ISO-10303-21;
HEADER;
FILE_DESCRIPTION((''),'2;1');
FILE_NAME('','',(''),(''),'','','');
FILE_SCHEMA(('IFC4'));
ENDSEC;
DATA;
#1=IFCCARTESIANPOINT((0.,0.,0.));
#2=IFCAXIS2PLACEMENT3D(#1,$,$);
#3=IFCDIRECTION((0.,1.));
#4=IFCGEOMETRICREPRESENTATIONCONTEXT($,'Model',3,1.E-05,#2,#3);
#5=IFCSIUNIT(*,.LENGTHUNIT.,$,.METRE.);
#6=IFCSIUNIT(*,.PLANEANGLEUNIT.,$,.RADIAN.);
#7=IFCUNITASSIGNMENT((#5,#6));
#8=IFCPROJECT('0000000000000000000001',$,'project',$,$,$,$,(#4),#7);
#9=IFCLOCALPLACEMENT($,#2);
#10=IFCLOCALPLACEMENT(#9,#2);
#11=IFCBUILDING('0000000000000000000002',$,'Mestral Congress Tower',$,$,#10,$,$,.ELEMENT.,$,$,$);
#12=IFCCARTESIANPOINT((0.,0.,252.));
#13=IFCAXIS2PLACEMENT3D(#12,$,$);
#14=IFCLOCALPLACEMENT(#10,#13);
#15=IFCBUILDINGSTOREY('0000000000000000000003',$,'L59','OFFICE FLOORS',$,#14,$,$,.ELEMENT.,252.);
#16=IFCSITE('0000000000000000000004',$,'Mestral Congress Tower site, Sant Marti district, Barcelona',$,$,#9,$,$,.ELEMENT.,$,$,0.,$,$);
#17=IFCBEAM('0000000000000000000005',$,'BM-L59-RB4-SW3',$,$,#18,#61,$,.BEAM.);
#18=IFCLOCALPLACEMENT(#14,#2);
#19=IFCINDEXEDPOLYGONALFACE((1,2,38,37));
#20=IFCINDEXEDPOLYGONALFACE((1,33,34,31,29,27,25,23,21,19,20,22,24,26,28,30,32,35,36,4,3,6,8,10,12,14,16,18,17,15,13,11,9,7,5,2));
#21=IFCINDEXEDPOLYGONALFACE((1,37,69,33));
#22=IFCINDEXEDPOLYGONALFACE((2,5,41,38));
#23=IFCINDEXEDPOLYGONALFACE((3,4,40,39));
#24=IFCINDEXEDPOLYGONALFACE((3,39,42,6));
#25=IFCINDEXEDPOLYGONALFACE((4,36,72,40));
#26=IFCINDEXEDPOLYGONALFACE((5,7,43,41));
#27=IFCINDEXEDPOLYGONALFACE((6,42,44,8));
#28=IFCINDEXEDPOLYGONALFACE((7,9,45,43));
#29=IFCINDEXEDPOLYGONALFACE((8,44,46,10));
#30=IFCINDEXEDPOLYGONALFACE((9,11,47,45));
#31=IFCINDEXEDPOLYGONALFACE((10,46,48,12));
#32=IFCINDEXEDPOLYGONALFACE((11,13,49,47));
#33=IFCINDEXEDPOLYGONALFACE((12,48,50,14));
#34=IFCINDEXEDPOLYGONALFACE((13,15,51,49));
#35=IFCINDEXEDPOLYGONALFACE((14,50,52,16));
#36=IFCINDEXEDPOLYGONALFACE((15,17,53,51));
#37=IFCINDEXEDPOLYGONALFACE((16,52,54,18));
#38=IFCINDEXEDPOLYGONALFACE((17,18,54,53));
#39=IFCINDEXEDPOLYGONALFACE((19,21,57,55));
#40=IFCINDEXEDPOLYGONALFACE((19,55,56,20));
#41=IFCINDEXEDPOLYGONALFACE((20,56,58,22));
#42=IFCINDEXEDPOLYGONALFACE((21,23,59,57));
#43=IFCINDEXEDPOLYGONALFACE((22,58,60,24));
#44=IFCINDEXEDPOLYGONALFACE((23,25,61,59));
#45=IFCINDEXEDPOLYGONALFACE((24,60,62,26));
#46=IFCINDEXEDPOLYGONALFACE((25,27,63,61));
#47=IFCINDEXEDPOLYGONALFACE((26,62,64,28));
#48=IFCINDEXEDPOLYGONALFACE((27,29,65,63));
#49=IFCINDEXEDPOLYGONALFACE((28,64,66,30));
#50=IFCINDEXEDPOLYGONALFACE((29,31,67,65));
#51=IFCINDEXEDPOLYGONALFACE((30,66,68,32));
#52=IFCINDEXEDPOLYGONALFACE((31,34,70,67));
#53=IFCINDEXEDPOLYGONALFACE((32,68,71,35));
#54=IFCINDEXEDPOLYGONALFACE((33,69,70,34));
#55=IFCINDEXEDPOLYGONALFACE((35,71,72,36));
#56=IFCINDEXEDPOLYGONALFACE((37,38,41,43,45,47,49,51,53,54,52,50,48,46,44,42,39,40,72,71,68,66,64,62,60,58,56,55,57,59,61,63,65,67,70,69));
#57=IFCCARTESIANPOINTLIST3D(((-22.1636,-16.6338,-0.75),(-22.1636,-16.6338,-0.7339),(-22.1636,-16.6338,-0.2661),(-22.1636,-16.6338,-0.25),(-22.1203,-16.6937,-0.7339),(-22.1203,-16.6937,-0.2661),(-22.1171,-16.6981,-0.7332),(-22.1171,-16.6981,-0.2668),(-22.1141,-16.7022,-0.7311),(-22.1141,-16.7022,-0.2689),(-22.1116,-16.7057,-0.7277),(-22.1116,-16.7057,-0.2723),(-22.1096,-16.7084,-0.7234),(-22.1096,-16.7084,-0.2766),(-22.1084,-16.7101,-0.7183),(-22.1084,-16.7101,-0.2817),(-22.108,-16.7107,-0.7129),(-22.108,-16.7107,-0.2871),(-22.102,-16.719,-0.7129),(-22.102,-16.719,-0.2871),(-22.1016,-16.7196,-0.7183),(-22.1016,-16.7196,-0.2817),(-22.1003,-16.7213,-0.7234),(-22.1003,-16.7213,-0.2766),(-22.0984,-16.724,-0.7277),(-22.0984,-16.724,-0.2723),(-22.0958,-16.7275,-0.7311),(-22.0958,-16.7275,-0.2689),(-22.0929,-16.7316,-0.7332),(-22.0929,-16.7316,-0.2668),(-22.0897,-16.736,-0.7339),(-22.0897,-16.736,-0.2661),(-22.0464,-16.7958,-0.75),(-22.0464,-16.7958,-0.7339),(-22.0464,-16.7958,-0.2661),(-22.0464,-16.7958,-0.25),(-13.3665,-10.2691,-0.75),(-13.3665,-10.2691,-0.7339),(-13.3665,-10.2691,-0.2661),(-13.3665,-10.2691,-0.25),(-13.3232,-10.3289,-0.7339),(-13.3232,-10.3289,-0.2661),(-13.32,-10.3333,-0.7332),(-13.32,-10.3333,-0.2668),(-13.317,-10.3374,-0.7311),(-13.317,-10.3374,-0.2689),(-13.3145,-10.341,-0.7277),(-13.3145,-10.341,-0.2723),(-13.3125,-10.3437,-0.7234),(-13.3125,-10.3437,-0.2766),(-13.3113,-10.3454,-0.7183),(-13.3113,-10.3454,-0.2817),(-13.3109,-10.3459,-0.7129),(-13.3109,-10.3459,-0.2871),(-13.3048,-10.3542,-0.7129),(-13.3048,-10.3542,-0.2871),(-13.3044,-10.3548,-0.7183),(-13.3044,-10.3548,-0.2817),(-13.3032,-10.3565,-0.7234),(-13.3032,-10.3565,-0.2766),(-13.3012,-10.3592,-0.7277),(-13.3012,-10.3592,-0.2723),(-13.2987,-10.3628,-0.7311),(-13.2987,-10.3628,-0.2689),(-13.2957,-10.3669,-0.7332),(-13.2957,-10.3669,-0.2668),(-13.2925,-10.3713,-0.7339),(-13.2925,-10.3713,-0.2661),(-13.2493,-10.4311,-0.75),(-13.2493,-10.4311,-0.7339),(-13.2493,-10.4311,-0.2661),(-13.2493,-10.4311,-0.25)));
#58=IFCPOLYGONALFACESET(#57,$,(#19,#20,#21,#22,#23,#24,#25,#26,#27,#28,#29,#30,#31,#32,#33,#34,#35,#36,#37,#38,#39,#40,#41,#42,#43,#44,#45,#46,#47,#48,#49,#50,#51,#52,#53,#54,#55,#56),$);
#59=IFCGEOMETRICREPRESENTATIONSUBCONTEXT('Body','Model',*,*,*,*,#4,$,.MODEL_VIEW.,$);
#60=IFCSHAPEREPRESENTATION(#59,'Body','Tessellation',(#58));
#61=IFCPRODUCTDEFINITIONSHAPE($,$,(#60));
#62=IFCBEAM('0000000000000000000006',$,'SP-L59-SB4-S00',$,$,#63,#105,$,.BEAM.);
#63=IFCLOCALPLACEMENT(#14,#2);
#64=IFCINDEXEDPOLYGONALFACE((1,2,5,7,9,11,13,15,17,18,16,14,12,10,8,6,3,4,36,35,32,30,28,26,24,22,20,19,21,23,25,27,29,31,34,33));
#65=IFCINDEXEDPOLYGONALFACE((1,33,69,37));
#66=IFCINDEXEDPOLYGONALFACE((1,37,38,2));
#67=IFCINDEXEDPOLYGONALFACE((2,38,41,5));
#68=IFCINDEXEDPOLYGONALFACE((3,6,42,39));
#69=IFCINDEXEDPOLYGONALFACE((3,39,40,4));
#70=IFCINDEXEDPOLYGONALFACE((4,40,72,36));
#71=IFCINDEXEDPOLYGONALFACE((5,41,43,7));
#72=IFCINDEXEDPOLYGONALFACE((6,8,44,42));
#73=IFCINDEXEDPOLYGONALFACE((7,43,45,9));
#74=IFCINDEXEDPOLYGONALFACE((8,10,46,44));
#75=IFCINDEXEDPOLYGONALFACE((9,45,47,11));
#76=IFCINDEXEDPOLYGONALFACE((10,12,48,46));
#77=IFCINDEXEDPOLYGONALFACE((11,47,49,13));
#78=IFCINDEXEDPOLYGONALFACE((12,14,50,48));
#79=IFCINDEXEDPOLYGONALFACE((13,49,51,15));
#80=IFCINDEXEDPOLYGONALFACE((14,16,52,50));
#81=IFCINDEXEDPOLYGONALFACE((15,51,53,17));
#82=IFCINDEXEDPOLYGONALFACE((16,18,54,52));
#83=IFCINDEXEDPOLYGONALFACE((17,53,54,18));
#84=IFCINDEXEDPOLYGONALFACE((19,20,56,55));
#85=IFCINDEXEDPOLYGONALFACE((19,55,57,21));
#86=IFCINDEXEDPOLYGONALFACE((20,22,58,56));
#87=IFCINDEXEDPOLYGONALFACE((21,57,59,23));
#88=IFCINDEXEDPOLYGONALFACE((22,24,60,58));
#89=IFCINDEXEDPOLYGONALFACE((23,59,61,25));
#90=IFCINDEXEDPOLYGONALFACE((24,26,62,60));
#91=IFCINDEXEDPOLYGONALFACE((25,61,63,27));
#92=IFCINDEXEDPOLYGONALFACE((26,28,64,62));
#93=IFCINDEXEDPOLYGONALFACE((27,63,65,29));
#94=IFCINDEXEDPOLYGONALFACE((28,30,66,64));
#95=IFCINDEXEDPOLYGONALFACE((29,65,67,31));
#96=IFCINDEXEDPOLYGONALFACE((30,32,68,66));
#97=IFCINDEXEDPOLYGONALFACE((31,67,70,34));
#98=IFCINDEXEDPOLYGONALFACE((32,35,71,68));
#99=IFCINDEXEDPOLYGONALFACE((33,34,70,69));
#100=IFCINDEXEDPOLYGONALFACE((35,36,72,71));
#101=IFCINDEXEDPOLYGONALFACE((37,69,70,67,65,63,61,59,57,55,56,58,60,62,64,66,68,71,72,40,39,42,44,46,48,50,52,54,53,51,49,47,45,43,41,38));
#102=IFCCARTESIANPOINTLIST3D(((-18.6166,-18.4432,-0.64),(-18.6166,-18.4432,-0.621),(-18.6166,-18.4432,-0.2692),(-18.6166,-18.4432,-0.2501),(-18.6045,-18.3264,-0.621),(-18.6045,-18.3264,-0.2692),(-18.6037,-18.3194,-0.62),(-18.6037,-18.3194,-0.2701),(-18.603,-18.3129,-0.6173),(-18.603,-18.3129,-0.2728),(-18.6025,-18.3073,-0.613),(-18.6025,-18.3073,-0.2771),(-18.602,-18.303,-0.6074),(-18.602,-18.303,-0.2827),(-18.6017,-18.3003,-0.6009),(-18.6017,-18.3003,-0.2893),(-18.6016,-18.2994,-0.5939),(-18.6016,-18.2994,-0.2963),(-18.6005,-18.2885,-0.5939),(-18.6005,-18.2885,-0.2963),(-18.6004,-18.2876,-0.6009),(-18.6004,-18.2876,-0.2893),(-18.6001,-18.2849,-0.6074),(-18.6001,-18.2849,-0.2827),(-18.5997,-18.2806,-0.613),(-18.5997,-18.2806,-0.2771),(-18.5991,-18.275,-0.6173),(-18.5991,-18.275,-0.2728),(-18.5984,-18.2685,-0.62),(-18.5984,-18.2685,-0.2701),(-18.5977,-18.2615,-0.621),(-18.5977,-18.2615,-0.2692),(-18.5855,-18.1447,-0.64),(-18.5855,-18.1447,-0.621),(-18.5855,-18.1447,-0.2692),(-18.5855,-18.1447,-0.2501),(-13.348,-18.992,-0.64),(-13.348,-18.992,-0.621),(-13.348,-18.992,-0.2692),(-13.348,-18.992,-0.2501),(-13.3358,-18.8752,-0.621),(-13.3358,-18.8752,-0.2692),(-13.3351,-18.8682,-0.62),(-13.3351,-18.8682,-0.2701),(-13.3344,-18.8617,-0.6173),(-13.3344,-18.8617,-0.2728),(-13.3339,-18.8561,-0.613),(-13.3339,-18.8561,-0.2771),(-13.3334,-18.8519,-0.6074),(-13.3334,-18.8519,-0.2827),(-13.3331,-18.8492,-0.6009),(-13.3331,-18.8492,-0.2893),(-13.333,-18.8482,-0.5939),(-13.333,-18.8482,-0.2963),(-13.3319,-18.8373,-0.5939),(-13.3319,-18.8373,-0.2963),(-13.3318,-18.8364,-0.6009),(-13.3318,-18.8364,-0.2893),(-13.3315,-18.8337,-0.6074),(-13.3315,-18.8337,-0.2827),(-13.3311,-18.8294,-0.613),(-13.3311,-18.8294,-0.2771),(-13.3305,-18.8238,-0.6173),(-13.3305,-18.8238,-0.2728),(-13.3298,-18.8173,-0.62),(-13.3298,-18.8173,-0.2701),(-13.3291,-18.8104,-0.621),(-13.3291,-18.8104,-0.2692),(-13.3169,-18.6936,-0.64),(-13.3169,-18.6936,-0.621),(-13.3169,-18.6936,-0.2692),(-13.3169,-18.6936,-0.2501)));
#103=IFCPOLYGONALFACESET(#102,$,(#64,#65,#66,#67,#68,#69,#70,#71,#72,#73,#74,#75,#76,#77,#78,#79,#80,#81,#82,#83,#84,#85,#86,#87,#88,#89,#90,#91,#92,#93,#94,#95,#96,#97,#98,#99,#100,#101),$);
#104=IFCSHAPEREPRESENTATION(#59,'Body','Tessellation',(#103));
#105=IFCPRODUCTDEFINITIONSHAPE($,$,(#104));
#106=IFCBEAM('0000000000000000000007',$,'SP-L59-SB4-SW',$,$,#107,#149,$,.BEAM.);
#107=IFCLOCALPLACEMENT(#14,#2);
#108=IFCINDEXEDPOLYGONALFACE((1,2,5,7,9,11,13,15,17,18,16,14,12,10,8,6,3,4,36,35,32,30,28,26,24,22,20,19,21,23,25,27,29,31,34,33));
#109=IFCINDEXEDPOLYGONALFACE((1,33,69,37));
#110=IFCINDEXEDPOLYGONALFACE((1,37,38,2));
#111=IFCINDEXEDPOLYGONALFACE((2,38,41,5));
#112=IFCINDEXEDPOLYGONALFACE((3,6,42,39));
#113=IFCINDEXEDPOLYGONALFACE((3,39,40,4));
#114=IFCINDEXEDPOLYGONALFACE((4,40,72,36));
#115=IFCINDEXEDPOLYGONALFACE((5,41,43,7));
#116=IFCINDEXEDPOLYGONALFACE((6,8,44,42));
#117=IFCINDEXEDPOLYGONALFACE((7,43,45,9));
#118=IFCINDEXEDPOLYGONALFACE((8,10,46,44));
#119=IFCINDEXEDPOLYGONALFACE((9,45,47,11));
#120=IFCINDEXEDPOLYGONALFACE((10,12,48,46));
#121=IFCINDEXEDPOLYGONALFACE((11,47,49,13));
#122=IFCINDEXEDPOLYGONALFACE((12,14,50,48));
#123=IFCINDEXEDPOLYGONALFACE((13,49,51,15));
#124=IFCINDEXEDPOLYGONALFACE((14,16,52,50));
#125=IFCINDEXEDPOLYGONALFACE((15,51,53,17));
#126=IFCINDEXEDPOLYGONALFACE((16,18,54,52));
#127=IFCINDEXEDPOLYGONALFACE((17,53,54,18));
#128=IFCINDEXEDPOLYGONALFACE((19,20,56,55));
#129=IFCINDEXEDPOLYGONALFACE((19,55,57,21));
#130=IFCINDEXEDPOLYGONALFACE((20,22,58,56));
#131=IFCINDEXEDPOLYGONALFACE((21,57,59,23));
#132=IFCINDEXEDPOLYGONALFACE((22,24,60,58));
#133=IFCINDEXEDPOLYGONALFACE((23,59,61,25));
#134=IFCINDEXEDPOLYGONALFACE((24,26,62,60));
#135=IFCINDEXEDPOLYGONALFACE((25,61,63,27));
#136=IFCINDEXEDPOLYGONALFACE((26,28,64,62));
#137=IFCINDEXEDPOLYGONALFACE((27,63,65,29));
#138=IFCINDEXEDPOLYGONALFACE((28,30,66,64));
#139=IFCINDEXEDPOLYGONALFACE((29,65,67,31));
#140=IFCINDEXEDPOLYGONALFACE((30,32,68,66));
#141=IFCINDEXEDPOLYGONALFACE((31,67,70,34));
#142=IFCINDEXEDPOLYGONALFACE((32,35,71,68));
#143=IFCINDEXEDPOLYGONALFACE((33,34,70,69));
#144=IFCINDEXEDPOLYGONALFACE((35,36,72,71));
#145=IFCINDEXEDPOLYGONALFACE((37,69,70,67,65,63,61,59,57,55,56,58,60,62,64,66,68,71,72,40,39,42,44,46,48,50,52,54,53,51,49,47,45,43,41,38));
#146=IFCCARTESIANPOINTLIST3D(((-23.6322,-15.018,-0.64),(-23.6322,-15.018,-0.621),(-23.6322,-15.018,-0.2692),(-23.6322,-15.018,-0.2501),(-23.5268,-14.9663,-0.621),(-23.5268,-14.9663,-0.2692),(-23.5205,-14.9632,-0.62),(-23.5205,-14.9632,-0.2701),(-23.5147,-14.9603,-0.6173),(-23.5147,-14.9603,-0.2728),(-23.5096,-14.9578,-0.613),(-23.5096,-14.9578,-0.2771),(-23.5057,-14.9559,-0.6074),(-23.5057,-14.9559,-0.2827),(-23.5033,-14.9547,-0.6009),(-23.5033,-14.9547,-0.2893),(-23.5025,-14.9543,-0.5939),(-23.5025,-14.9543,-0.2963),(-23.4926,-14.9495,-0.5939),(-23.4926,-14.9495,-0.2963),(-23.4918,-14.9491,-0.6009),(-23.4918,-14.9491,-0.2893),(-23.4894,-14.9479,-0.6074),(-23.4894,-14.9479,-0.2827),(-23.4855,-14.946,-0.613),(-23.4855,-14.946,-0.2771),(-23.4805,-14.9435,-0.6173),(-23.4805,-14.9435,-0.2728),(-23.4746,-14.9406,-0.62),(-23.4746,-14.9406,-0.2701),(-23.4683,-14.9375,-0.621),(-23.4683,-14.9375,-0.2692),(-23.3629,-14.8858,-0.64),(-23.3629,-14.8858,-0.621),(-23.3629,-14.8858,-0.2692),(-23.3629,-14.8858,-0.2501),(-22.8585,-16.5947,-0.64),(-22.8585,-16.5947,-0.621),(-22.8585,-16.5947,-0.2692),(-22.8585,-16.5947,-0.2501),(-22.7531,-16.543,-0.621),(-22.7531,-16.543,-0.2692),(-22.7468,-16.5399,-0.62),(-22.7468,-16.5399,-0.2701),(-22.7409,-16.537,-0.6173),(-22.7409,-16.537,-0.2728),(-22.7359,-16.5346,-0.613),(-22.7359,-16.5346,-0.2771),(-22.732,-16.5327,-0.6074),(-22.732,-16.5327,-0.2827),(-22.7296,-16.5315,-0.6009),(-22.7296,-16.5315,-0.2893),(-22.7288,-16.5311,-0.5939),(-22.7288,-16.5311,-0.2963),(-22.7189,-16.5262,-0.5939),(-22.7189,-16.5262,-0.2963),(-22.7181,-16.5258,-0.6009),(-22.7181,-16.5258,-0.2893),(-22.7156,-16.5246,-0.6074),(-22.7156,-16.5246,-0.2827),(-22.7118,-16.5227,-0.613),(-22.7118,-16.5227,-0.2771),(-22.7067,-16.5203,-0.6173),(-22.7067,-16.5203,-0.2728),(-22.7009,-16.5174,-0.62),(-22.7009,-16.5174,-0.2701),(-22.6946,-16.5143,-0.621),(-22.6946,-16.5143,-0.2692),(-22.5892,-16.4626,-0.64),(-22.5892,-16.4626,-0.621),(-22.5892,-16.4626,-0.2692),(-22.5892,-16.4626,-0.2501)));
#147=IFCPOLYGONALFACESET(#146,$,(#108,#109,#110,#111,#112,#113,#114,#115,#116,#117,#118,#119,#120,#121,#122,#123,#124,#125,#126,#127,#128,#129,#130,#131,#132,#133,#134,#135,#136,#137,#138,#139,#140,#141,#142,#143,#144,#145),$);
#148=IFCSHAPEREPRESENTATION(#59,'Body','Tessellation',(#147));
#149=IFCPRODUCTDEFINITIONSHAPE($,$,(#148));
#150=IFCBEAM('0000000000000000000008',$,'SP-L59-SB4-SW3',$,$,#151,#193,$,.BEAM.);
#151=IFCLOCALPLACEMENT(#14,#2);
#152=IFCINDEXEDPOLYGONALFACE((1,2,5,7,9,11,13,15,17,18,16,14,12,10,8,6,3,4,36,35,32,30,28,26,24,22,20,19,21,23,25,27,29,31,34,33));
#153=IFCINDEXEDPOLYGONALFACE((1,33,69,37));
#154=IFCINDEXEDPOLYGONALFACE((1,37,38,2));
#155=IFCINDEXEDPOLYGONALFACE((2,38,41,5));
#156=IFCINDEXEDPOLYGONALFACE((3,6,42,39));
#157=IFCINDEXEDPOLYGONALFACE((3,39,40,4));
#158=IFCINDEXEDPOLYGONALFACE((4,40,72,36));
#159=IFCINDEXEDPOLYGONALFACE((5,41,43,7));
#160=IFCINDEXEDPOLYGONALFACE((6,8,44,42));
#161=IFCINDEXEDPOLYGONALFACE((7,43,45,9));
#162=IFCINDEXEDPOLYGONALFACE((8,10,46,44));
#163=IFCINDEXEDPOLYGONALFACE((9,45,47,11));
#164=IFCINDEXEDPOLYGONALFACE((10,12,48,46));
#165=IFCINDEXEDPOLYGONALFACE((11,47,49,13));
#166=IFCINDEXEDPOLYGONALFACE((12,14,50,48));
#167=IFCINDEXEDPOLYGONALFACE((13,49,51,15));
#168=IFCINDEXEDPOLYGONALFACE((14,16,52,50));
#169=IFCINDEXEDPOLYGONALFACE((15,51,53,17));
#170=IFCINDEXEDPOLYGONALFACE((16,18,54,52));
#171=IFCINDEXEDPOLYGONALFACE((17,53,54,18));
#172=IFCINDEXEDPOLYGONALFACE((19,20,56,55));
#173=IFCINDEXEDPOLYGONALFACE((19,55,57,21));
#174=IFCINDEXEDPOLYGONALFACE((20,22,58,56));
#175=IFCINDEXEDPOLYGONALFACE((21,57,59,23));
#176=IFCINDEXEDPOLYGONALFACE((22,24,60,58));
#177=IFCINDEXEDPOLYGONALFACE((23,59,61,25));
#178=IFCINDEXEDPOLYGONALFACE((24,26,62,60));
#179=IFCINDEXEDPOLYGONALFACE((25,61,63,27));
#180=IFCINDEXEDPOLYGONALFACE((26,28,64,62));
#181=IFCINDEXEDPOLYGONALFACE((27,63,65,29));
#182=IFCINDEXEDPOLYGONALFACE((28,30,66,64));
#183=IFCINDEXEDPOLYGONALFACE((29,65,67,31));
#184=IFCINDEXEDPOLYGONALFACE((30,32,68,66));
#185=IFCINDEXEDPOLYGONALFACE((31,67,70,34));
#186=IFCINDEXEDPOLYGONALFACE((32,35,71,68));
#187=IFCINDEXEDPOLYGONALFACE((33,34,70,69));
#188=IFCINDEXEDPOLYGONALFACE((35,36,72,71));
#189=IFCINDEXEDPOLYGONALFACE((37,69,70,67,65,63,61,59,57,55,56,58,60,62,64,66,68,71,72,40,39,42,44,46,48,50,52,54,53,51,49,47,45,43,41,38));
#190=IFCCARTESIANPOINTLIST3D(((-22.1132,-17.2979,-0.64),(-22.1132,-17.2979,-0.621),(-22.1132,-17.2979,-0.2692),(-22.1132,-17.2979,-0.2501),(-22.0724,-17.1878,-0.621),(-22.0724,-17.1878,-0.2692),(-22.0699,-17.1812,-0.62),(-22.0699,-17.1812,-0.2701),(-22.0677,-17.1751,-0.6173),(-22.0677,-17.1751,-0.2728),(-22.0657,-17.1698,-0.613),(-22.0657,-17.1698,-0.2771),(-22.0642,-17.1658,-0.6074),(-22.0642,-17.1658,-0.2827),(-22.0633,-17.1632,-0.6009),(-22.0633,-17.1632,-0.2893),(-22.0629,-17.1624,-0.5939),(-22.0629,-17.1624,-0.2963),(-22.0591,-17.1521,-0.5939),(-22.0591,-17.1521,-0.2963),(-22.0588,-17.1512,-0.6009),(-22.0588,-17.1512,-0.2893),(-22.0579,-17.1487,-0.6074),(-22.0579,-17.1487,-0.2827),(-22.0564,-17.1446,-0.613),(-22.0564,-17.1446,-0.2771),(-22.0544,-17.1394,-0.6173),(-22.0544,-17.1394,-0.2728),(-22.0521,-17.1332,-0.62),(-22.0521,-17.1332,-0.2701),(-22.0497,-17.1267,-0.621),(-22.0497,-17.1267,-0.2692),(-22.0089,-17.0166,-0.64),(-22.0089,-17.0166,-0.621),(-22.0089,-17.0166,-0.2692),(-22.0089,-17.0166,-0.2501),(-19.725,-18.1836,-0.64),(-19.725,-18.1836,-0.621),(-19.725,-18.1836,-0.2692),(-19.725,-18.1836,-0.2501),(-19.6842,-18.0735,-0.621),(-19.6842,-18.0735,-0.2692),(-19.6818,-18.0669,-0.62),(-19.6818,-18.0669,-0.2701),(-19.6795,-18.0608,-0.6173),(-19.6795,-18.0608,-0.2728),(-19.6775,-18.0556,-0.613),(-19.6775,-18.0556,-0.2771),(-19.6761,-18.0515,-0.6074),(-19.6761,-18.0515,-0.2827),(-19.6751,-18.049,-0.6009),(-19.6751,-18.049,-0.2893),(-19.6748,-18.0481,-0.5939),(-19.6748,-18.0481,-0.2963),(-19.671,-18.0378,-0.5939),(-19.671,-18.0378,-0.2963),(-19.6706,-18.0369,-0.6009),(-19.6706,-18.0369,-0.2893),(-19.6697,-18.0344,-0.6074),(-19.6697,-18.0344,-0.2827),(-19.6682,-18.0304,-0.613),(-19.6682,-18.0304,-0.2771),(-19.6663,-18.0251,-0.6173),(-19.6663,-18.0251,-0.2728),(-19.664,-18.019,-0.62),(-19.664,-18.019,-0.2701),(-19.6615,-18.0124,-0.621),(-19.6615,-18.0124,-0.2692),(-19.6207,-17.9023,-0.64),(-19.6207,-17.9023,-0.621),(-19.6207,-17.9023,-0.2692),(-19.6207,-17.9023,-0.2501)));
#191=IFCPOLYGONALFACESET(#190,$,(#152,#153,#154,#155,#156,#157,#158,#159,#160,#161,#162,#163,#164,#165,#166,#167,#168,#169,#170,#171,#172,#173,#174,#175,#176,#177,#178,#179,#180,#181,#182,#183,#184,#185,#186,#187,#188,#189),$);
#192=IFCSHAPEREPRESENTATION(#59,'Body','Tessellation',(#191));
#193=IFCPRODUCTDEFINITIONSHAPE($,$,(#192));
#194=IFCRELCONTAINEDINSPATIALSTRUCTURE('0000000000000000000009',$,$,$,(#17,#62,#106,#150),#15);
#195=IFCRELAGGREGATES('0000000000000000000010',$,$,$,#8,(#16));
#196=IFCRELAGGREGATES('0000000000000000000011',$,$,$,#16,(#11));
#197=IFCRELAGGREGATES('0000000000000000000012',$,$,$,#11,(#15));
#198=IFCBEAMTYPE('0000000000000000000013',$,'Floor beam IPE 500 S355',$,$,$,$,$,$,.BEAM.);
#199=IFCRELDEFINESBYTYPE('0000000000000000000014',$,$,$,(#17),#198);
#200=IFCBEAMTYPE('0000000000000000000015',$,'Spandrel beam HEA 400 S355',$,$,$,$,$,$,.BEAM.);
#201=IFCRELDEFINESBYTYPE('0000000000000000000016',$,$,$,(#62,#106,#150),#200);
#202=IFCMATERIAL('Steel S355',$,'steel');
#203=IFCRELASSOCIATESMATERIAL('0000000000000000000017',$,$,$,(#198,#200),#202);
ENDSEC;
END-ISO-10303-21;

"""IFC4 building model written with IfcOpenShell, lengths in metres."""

from ifc_helpers import new_model, si_unit, direction, frame, origin, origin_2d, place, context, subcontext, project, spatial, i_section, extrude, material, material_profile, profile_set, type_object, element, save


model = new_model("IFC4")

# Units and contexts
model_context = context("Model", 3, precision=1e-05, world=origin(), true_north=direction((0.0, 1.0)))
body_context = subcontext(model_context, "Body", "Model", "MODEL_VIEW")
ifc_project = project(units=[si_unit("LENGTHUNIT", "METRE"), si_unit("PLANEANGLEUNIT", "RADIAN")], contexts=[model_context])

# Site, building, storey
site_placement = place(None, origin())
site = spatial("IfcSite", under=ifc_project, at=site_placement, Name="Mestral Congress Tower site, Sant Marti district, Barcelona", CompositionType="ELEMENT", RefElevation=0.0)
building_placement = place(site_placement, origin())
building = spatial("IfcBuilding", under=site, at=building_placement, Name="Mestral Congress Tower", CompositionType="ELEMENT")
storey_placement = place(building_placement, frame((0.0, 0.0, 252.0)))
storey = spatial("IfcBuildingStorey", under=building, at=storey_placement, Name="L59", Description="OFFICE FLOORS", CompositionType="ELEMENT", Elevation=252.0)

# Beams
ifc_material_1 = material(Name="Steel S355", Category="steel")
ifc_material_profile_1 = material_profile(ifc_material_1, i_section(OverallWidth=0.2, OverallDepth=0.5, WebThickness=0.0103, FlangeThickness=0.0161, FilletRadius=0.021, at=origin_2d()), Name="IPE 500")
ifc_profile_set_1 = profile_set([ifc_material_profile_1], Name="Steel S355")
beam_type_1 = type_object("IfcBeamType", Name="Floor beam IPE 500 S355", PredefinedType="BEAM", material=ifc_profile_set_1)
beam_1_placement = place(storey_placement, frame((-22.105, -16.7148, -0.5), z_axis=(0.810186, 0.586173, 0.0), x_axis=(-0.586173, 0.810186, 0.0)))
element("IfcBeam", 1, at=beam_1_placement, inside=storey, type_object=beam_type_1, Name="BM-L59-RB4-SW3", PredefinedType="BEAM", context=body_context, shape_type="SweptSolid", body=[
    extrude(i_section(OverallWidth=0.2, OverallDepth=0.5, WebThickness=0.0103, FlangeThickness=0.0161, FilletRadius=0.021, at=origin_2d()), origin(), (0.0, 0.0, 1.0), 10.8582),
])
ifc_material_profile_2 = material_profile(ifc_material_1, i_section(OverallWidth=0.3, OverallDepth=0.3899, WebThickness=0.011, FlangeThickness=0.019, FilletRadius=0.0271, at=origin_2d()), Name="HEA 400")
ifc_profile_set_2 = profile_set([ifc_material_profile_2], Name="Steel S355")
beam_type_2 = type_object("IfcBeamType", Name="Spandrel beam HEA 400 S355", PredefinedType="BEAM", material=ifc_profile_set_2)
beam_2_placement = place(storey_placement, frame((-18.6011, -18.2939, -0.4451), z_axis=(0.994618, -0.10361, 0.0), x_axis=(0.10361, 0.994618, 0.0)))
element("IfcBeam", 2, at=beam_2_placement, inside=storey, type_object=beam_type_2, Name="SP-L59-SB4-S00", PredefinedType="BEAM", context=body_context, shape_type="SweptSolid", body=[
    extrude(i_section(OverallWidth=0.3, OverallDepth=0.3899, WebThickness=0.011, FlangeThickness=0.019, FilletRadius=0.0271, at=origin_2d()), origin(), (0.0, 0.0, 1.0), 5.2971),
])
beam_3_placement = place(storey_placement, frame((-23.4976, -14.9519, -0.4451), z_axis=(0.440529, -0.897739, 0.0), x_axis=(0.897739, 0.440529, 0.0)))
element("IfcBeam", 3, at=beam_3_placement, inside=storey, type_object=beam_type_2, Name="SP-L59-SB4-SW", PredefinedType="BEAM", context=body_context, shape_type="SweptSolid", body=[
    extrude(i_section(OverallWidth=0.3, OverallDepth=0.3899, WebThickness=0.011, FlangeThickness=0.019, FilletRadius=0.0271, at=origin_2d()), origin(), (0.0, 0.0, 1.0), 1.7563),
])
beam_4_placement = place(storey_placement, frame((-22.061, -17.1572, -0.4451), z_axis=(0.937591, -0.347739, 0.0), x_axis=(0.347739, 0.937591, 0.0)))
element("IfcBeam", 4, at=beam_4_placement, inside=storey, type_object=beam_type_2, Name="SP-L59-SB4-SW3", PredefinedType="BEAM", context=body_context, shape_type="SweptSolid", body=[
    extrude(i_section(OverallWidth=0.3, OverallDepth=0.3899, WebThickness=0.011, FlangeThickness=0.019, FilletRadius=0.0271, at=origin_2d()), origin(), (0.0, 0.0, 1.0), 2.5471),
])

save(model, "model.ifc")
